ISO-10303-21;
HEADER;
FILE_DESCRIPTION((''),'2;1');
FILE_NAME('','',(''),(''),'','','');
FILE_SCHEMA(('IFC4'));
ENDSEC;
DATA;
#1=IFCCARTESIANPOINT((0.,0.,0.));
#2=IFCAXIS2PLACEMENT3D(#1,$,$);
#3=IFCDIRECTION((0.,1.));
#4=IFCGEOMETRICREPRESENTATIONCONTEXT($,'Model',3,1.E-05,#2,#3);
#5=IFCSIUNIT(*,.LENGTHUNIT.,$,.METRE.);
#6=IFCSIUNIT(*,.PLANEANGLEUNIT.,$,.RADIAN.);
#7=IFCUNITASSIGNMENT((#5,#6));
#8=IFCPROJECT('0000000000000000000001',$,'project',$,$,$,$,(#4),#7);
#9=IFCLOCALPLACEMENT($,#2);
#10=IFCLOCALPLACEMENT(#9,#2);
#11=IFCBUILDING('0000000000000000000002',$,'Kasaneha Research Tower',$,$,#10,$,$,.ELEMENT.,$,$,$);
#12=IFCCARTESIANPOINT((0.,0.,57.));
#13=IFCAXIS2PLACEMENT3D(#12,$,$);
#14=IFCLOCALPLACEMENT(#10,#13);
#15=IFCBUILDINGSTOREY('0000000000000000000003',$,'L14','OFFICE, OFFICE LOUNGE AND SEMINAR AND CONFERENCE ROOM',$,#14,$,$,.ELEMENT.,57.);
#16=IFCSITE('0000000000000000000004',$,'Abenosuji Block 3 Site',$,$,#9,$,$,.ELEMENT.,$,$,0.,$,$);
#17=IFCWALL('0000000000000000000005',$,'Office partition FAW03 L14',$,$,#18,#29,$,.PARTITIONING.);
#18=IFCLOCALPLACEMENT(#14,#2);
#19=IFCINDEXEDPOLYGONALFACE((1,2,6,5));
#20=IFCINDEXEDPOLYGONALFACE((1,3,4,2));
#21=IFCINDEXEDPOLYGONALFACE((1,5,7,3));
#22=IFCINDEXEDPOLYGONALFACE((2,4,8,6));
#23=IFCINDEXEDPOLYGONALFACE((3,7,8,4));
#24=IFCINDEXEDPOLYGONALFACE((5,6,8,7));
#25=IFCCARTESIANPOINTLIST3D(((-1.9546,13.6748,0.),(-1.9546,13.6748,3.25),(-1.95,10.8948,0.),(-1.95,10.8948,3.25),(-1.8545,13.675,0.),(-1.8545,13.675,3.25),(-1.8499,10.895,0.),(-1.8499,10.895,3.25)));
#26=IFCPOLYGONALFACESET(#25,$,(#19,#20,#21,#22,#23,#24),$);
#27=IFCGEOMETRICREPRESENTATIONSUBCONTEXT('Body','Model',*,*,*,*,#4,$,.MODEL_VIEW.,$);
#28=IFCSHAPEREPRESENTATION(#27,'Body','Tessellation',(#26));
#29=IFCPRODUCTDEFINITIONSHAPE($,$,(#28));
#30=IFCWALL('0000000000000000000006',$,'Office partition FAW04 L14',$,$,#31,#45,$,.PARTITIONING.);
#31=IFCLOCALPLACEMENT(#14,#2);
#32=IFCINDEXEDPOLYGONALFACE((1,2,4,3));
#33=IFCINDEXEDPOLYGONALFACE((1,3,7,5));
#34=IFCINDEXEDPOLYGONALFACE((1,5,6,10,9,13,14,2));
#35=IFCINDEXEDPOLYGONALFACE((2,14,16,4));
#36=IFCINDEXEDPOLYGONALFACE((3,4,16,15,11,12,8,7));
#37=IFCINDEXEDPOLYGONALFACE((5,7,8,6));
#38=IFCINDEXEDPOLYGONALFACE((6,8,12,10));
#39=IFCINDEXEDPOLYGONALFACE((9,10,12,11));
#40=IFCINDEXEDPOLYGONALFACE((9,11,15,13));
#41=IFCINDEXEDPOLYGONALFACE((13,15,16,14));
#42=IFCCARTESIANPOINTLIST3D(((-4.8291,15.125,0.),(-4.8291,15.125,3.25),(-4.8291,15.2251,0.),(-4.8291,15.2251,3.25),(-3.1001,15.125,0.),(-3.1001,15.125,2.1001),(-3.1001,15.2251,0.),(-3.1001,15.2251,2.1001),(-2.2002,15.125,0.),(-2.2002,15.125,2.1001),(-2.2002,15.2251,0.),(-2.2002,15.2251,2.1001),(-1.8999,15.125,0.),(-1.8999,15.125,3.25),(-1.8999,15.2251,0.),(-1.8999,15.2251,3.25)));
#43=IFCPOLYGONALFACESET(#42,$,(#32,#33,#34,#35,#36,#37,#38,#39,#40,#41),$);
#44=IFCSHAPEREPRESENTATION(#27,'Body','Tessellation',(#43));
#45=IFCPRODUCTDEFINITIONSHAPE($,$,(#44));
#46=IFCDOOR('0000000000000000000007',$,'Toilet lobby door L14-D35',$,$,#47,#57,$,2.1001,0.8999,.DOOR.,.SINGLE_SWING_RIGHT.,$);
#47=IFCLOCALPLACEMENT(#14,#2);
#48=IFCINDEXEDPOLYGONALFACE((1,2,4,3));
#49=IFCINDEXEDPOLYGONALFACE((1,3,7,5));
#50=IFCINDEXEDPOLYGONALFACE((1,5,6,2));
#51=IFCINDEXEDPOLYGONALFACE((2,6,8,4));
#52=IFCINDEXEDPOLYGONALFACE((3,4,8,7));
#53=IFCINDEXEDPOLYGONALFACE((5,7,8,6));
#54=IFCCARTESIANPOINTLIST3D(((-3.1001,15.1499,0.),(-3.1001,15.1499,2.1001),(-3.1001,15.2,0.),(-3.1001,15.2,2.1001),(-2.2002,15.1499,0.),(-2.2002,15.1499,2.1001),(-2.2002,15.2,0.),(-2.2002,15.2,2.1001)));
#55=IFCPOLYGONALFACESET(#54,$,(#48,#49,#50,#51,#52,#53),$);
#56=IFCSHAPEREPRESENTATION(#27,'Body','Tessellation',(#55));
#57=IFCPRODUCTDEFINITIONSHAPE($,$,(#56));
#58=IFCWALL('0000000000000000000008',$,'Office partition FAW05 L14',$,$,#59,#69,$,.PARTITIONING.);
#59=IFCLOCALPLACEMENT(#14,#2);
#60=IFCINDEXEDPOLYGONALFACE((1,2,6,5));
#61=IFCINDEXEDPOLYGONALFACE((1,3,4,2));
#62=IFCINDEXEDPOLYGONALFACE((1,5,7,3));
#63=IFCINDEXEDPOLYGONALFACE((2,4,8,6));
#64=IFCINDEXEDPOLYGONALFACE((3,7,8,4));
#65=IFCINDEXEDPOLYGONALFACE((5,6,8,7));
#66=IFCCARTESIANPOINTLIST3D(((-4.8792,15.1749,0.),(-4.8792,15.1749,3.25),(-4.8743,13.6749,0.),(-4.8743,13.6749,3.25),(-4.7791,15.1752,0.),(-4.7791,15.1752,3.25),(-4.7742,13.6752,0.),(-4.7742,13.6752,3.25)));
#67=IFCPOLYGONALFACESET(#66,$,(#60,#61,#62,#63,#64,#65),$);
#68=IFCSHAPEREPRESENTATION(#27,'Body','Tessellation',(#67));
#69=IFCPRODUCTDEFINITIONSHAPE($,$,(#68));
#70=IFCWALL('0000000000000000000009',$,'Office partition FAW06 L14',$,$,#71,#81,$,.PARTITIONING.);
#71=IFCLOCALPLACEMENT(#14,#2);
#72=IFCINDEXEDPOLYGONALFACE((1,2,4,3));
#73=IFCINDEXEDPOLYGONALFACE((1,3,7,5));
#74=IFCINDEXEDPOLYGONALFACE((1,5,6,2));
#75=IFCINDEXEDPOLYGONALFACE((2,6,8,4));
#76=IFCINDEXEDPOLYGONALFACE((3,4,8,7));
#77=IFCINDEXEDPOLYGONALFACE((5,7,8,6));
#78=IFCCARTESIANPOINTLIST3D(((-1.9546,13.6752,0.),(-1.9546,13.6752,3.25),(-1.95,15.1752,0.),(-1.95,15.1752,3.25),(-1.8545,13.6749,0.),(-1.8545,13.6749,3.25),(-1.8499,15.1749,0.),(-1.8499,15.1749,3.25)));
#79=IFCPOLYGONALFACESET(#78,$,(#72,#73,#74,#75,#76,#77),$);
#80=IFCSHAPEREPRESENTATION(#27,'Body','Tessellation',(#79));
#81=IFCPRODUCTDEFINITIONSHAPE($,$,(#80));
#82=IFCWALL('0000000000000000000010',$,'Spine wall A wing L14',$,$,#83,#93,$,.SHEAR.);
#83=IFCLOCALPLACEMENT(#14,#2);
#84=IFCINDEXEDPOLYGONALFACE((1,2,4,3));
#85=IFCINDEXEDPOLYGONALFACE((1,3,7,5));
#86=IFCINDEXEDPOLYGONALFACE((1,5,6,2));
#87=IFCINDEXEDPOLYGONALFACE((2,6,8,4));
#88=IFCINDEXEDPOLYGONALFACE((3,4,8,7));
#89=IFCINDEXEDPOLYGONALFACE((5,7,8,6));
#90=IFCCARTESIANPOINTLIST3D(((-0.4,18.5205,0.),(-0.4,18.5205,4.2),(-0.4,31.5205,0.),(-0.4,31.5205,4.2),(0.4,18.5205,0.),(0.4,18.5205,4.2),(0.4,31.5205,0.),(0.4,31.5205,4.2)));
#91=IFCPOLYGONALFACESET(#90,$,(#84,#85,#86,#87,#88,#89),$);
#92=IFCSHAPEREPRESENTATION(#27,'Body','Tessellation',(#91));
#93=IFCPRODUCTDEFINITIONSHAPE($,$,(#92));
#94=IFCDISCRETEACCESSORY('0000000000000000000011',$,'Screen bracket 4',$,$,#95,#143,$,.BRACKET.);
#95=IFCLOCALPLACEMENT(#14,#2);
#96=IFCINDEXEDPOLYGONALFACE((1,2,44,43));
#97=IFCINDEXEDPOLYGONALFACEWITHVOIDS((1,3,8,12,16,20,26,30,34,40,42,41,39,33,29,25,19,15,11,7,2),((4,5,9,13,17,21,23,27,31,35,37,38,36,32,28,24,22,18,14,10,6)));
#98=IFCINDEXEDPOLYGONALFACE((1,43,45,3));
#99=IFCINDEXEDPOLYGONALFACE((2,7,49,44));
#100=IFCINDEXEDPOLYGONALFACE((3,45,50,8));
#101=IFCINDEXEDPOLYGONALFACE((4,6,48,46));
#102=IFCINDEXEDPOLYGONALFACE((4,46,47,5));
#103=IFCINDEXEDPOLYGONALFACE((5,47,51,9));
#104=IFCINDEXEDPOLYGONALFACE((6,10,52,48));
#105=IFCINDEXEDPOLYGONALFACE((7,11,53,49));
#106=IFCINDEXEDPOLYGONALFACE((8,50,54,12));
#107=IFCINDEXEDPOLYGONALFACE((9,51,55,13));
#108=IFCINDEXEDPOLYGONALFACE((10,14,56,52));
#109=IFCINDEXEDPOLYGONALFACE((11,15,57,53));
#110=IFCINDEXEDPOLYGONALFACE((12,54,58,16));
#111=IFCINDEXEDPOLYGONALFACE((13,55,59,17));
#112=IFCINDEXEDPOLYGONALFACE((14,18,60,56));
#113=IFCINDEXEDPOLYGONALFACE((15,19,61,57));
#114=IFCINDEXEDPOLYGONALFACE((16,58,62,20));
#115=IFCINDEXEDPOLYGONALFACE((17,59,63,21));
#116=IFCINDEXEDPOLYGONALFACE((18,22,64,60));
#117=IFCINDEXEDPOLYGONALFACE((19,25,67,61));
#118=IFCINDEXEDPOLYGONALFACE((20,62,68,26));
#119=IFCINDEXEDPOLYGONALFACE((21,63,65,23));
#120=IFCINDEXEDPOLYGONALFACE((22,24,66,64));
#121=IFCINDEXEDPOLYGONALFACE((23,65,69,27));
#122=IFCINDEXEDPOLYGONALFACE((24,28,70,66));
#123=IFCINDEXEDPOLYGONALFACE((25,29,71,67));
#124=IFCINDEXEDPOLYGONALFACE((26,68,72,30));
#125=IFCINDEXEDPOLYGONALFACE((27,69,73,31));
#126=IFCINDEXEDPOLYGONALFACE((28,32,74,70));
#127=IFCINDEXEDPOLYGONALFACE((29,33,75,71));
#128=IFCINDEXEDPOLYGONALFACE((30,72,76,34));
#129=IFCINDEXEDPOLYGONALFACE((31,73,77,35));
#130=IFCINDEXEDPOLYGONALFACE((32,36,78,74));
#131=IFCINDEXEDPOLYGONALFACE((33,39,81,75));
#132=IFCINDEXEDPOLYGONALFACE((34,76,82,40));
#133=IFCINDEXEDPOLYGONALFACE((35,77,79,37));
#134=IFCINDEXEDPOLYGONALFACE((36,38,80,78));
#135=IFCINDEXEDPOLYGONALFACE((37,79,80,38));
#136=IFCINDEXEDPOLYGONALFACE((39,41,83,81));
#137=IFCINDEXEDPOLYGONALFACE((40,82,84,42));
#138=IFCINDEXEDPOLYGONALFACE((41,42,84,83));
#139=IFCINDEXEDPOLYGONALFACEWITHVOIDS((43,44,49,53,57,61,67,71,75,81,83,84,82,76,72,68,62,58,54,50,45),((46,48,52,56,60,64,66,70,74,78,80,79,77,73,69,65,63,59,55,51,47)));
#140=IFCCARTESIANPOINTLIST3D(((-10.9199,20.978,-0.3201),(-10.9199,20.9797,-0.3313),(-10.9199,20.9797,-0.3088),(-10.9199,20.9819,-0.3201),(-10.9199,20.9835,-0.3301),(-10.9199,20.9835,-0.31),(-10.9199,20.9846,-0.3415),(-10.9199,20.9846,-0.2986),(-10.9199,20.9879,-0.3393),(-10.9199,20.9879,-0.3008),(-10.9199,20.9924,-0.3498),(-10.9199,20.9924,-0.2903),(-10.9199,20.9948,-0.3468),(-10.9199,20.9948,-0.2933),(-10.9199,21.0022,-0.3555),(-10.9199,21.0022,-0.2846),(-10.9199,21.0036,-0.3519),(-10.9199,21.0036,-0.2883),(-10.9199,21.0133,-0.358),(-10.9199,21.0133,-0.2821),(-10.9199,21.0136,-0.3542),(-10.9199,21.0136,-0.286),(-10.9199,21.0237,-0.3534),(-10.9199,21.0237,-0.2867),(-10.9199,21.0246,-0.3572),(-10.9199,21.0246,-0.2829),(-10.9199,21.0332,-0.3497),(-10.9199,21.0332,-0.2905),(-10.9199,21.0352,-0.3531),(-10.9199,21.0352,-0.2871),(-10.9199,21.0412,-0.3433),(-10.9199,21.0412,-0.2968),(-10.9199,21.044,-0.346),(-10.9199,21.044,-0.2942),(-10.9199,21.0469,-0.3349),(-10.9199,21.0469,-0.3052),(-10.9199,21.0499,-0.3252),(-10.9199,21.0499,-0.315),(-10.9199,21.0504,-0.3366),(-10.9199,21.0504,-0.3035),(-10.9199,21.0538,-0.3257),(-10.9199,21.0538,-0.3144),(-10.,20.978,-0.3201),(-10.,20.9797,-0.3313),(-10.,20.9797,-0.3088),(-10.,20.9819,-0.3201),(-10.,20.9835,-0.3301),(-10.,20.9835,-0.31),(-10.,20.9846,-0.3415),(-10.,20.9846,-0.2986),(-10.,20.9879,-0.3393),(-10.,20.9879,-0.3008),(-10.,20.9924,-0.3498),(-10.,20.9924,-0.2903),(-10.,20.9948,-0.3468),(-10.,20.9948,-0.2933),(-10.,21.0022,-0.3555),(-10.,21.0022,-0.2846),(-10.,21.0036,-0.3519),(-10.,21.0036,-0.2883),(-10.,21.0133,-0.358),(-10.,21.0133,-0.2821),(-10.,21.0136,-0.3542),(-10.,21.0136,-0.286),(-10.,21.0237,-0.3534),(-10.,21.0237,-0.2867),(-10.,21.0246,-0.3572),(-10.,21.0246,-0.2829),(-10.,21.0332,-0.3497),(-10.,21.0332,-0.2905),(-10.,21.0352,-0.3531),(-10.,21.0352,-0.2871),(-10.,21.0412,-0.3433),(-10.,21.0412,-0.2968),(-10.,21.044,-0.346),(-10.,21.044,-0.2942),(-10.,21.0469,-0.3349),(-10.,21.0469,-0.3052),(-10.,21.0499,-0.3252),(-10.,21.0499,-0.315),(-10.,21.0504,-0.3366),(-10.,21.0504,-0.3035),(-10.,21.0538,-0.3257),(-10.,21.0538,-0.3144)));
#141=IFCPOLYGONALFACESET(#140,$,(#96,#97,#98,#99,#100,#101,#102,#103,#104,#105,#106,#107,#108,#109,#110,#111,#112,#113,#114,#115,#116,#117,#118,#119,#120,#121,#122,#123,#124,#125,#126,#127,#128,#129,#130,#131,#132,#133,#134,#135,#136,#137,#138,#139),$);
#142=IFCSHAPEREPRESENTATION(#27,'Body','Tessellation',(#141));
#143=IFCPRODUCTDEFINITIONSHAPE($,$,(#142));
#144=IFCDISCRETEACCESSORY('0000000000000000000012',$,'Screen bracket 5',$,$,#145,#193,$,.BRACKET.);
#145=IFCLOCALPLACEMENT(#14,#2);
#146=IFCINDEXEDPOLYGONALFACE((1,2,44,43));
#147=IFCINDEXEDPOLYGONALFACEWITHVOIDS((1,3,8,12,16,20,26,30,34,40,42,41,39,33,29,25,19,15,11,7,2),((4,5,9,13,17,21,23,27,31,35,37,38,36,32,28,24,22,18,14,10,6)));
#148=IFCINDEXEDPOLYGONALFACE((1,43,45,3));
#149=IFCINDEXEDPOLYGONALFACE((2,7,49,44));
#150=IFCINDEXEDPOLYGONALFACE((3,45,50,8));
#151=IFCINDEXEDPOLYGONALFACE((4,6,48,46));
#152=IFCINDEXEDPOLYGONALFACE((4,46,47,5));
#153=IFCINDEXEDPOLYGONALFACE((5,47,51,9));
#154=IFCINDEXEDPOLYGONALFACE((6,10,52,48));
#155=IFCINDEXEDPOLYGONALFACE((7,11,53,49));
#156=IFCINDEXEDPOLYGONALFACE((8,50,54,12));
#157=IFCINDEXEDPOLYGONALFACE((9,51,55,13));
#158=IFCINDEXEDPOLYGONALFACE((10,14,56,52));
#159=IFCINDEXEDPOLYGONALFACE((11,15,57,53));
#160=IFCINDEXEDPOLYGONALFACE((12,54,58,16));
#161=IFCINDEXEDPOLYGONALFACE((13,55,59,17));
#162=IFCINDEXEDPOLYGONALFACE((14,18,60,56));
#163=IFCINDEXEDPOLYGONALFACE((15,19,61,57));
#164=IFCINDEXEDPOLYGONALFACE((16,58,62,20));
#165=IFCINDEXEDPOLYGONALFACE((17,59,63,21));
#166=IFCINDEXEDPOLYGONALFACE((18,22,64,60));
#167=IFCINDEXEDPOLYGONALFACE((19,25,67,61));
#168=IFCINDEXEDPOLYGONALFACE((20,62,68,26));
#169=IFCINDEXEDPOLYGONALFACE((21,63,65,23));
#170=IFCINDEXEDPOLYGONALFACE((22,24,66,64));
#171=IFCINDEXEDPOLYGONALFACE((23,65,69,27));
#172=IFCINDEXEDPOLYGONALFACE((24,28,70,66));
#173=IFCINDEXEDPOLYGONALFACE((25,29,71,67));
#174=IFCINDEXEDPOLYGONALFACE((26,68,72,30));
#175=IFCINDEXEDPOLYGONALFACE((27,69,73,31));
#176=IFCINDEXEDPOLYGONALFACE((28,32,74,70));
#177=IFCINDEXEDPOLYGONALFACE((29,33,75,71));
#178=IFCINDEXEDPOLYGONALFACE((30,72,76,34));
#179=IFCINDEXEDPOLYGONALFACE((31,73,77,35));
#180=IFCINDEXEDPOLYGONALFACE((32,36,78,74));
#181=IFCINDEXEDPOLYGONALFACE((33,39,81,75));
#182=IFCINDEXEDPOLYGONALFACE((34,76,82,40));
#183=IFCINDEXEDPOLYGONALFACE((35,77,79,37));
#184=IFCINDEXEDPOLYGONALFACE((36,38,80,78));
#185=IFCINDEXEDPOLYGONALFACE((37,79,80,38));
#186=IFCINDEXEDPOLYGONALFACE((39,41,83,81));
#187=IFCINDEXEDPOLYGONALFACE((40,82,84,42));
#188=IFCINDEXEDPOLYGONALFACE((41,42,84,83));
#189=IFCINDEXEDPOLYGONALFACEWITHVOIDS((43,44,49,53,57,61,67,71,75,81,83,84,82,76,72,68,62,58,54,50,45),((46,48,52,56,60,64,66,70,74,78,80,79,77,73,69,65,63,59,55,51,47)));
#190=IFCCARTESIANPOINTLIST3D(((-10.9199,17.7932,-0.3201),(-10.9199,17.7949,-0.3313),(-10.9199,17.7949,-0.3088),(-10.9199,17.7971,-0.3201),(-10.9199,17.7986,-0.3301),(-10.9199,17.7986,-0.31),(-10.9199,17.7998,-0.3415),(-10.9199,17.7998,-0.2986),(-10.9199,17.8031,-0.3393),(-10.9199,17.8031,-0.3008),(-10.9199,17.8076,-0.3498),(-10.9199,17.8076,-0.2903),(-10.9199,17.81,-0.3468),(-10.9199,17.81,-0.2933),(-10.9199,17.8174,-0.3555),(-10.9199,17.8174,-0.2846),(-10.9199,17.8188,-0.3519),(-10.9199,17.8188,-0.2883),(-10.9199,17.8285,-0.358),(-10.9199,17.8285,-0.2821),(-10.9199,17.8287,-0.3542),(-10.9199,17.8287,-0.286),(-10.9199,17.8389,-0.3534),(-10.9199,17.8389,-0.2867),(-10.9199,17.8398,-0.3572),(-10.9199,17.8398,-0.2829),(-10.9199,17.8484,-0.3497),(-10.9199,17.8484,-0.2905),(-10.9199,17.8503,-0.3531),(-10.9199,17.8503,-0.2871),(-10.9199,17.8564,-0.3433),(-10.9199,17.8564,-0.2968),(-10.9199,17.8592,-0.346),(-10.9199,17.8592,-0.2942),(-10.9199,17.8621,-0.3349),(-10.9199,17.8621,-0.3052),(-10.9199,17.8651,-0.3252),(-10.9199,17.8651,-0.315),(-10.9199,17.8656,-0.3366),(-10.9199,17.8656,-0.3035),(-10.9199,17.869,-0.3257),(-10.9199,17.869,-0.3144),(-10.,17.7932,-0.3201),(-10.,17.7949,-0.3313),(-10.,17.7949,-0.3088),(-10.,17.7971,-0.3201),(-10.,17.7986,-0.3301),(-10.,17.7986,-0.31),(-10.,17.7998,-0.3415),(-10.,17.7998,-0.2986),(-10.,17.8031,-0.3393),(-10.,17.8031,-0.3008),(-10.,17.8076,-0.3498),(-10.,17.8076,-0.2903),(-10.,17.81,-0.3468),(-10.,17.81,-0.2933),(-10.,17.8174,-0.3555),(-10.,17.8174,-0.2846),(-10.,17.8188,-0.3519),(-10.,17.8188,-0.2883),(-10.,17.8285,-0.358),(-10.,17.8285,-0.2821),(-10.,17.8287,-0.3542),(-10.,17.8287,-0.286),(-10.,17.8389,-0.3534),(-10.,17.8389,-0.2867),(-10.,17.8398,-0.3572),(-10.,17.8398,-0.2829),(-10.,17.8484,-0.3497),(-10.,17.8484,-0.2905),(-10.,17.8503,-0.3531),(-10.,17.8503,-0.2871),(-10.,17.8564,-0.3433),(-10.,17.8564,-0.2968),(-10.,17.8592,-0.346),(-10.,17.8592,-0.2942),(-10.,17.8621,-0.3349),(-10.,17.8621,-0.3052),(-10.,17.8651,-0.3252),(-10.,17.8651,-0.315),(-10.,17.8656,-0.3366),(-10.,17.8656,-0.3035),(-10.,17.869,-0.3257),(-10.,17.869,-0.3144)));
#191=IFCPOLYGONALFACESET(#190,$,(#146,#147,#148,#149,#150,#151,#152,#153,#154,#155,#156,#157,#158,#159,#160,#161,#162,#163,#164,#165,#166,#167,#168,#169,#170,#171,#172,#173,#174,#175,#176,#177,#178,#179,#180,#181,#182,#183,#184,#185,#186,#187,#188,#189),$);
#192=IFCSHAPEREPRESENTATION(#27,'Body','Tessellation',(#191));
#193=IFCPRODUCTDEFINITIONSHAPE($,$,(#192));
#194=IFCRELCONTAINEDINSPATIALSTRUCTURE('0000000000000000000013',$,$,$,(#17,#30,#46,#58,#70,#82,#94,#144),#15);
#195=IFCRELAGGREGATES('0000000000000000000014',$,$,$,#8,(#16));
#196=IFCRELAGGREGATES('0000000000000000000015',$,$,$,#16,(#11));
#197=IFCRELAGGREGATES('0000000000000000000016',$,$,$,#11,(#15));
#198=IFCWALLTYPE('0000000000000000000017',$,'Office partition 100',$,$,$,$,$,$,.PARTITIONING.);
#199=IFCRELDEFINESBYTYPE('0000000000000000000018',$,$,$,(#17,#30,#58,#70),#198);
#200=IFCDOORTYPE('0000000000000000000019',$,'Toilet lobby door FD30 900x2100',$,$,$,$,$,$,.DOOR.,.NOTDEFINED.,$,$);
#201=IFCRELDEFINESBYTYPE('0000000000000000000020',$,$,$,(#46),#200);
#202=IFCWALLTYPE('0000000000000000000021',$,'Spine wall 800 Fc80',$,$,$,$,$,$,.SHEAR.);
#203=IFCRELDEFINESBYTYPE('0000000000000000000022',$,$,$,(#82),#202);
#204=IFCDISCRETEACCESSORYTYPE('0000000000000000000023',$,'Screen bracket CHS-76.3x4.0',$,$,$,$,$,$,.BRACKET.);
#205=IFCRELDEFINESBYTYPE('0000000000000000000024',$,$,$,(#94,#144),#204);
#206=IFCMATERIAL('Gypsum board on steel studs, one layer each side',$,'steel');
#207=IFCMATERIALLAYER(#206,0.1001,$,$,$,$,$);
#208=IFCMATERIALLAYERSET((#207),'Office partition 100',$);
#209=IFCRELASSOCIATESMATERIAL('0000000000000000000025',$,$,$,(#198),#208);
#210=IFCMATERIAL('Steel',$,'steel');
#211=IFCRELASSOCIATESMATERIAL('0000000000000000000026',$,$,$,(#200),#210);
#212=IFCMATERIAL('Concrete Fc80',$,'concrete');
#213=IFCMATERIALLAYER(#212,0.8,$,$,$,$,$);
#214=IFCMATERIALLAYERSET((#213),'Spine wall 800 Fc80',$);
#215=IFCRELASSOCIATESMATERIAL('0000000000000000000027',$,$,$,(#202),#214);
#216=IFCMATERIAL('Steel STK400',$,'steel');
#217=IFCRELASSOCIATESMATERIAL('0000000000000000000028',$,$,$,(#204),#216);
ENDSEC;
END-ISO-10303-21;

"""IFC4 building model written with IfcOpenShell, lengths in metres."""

from ifc_helpers import new_model, si_unit, direction, frame, frame_2d, origin, origin_2d, place, context, subcontext, project, spatial, rectangle, hollow_circle, extrude, material, layer, layer_set, material_profile, profile_set, type_object, element, fill, save


model = new_model("IFC4")

# Units and contexts
model_context = context("Model", 3, precision=1e-05, world=origin(), true_north=direction((0.0, 1.0)))
body_context = subcontext(model_context, "Body", "Model", "MODEL_VIEW")
ifc_project = project(units=[si_unit("LENGTHUNIT", "METRE"), si_unit("PLANEANGLEUNIT", "RADIAN")], contexts=[model_context])

# Site, building, storey
site_placement = place(None, origin())
site = spatial("IfcSite", under=ifc_project, at=site_placement, Name="Abenosuji Block 3 Site", CompositionType="ELEMENT", RefElevation=0.0)
building_placement = place(site_placement, origin())
building = spatial("IfcBuilding", under=site, at=building_placement, Name="Kasaneha Research Tower", CompositionType="ELEMENT")
storey_placement = place(building_placement, frame((0.0, 0.0, 57.0)))
storey = spatial("IfcBuildingStorey", under=building, at=storey_placement, Name="L14", Description="OFFICE, OFFICE LOUNGE AND SEMINAR AND CONFERENCE ROOM", CompositionType="ELEMENT", Elevation=57.0)

# Shared definitions
ifc_material_1 = material(Name="Gypsum board on steel studs, one layer each side", Category="steel")
ifc_layer_1 = layer(ifc_material_1, 0.1001)
ifc_layer_set_1 = layer_set([ifc_layer_1], Name="Office partition 100")
wall_type_1 = type_object("IfcWallType", Name="Office partition 100", PredefinedType="PARTITIONING", material=ifc_layer_set_1)
ifc_material_2 = material(Name="Steel", Category="steel")
door_type = type_object("IfcDoorType", Name="Toilet lobby door FD30 900x2100", OperationType="NOTDEFINED", PredefinedType="DOOR", material=ifc_material_2)

# Wall
wall_1_placement = place(storey_placement, frame((-1.9045, 13.675, 0.0), z_axis=(0.0, 0.0, 1.0), x_axis=(0.001669, -0.999999, 0.0)))
element("IfcWall", 1, at=wall_1_placement, inside=storey, type_object=wall_type_1, Name="Office partition FAW03 L14", PredefinedType="PARTITIONING", context=body_context, shape_type="SweptSolid", body=[
    extrude(rectangle(XDim=2.78, YDim=0.1001, at=frame_2d((1.3901, 0.0))), origin(), (0.0, 0.0, 1.0), 3.25),
])

# Wall, opening, door
wall_2_placement = place(storey_placement, frame((-4.8291, 15.175, 0.0), z_axis=(0.0, 0.0, 1.0), x_axis=(1.0, 0.0, 0.0)))
wall_2 = element("IfcWall", 2, at=wall_2_placement, inside=storey, type_object=wall_type_1, Name="Office partition FAW04 L14", PredefinedType="PARTITIONING", context=body_context, shape_type="SweptSolid", body=[
    extrude(rectangle(XDim=2.9292, YDim=0.1001, at=frame_2d((1.4646, 0.0))), origin(), (0.0, 0.0, 1.0), 3.25),
])
opening_1_placement = place(wall_2_placement, frame((1.729, 0.0, 0.0)))
opening_1 = element("IfcOpeningElement", 3, at=opening_1_placement, cuts=wall_2, PredefinedType="OPENING", context=body_context, shape_type="SweptSolid", body=[
    extrude(rectangle(XDim=0.8999, YDim=2.1001, at=frame_2d((0.45, 1.05))), frame((0.0, 0.0601, 0.0), z_axis=(0.0, -1.0, 0.0), x_axis=(1.0, 0.0, 0.0)), (0.0, 0.0, 1.0), 0.1201),
])
door_1_placement = place(opening_1_placement, origin())
door_1 = element("IfcDoor", 4, at=door_1_placement, inside=storey, type_object=door_type, Name="Toilet lobby door L14-D35", OperationType="SINGLE_SWING_RIGHT", OverallHeight=2.1001, OverallWidth=0.8999, PredefinedType="DOOR", context=body_context, shape_type="SweptSolid", body=[
    extrude(rectangle(XDim=0.8999, YDim=2.1001, at=frame_2d((0.45, 1.05))), frame((0.0, 0.0249, 0.0), z_axis=(0.0, -1.0, 0.0), x_axis=(1.0, 0.0, 0.0)), (0.0, 0.0, 1.0), 0.05),
])
fill(opening_1, door_1)

# Walls
for number, where, z_axis, x_axis, name in (
    (5, (-4.8242, 13.675, 0.0), (0.0, 0.0, 1.0), (-0.003255, 0.999995, 0.0), "Office partition FAW05 L14"),
    (6, (-1.8999, 15.175, 0.0), (0.0, 0.0, 1.0), (-0.003092, -0.999995, 0.0), "Office partition FAW06 L14"),
):
    element("IfcWall", number, at=place(storey_placement, frame(where, z_axis=z_axis, x_axis=x_axis)), inside=storey, type_object=wall_type_1, Name=name, PredefinedType="PARTITIONING", context=body_context, shape_type="SweptSolid", body=[
        extrude(rectangle(XDim=1.5, YDim=0.1001, at=frame_2d((0.75, 0.0))), origin(), (0.0, 0.0, 1.0), 3.25),
    ])
ifc_material_3 = material(Name="Concrete Fc80", Category="concrete")
ifc_layer_2 = layer(ifc_material_3, 0.8)
ifc_layer_set_2 = layer_set([ifc_layer_2], Name="Spine wall 800 Fc80")
wall_type_2 = type_object("IfcWallType", Name="Spine wall 800 Fc80", PredefinedType="SHEAR", material=ifc_layer_set_2)
wall_3_placement = place(storey_placement, frame((0.0, 18.5205, 0.0), z_axis=(0.0, 0.0, 1.0), x_axis=(0.0, 1.0, 0.0)))
element("IfcWall", 7, at=wall_3_placement, inside=storey, type_object=wall_type_2, Name="Spine wall A wing L14", PredefinedType="SHEAR", context=body_context, shape_type="SweptSolid", body=[
    extrude(rectangle(XDim=13.0, YDim=0.8, at=frame_2d((6.5, 0.0))), origin(), (0.0, 0.0, 1.0), 4.2),
])

# Discrete accessories
ifc_material_4 = material(Name="Steel STK400", Category="steel")
ifc_material_profile_1 = material_profile(ifc_material_4, hollow_circle(Radius=0.0381, WallThickness=0.0039, at=origin_2d()), Name="CHS-76.3x4.0")
ifc_profile_set_1 = profile_set([ifc_material_profile_1], Name="Steel STK400")
discrete_accessory_type = type_object("IfcDiscreteAccessoryType", Name="Screen bracket CHS-76.3x4.0", PredefinedType="BRACKET", material=ifc_profile_set_1)
for number, where, z_axis, x_axis, name in (
    (8, (-10.0, 21.0161, -0.3201), (-1.0, 0.0, 0.0), (0.0, -1.0, 0.0), "Screen bracket 4"),
    (9, (-10.0, 17.8313, -0.3201), (-1.0, 0.0, 0.0), (0.0, -1.0, 0.0), "Screen bracket 5"),
):
    element("IfcDiscreteAccessory", number, at=place(storey_placement, frame(where, z_axis=z_axis, x_axis=x_axis)), inside=storey, type_object=discrete_accessory_type, Name=name, PredefinedType="BRACKET", context=body_context, shape_type="SweptSolid", body=[
        extrude(hollow_circle(Radius=0.0381, WallThickness=0.0039, at=origin_2d()), origin(), (0.0, 0.0, 1.0), 0.9199),
    ])

save(model, "model.ifc")
